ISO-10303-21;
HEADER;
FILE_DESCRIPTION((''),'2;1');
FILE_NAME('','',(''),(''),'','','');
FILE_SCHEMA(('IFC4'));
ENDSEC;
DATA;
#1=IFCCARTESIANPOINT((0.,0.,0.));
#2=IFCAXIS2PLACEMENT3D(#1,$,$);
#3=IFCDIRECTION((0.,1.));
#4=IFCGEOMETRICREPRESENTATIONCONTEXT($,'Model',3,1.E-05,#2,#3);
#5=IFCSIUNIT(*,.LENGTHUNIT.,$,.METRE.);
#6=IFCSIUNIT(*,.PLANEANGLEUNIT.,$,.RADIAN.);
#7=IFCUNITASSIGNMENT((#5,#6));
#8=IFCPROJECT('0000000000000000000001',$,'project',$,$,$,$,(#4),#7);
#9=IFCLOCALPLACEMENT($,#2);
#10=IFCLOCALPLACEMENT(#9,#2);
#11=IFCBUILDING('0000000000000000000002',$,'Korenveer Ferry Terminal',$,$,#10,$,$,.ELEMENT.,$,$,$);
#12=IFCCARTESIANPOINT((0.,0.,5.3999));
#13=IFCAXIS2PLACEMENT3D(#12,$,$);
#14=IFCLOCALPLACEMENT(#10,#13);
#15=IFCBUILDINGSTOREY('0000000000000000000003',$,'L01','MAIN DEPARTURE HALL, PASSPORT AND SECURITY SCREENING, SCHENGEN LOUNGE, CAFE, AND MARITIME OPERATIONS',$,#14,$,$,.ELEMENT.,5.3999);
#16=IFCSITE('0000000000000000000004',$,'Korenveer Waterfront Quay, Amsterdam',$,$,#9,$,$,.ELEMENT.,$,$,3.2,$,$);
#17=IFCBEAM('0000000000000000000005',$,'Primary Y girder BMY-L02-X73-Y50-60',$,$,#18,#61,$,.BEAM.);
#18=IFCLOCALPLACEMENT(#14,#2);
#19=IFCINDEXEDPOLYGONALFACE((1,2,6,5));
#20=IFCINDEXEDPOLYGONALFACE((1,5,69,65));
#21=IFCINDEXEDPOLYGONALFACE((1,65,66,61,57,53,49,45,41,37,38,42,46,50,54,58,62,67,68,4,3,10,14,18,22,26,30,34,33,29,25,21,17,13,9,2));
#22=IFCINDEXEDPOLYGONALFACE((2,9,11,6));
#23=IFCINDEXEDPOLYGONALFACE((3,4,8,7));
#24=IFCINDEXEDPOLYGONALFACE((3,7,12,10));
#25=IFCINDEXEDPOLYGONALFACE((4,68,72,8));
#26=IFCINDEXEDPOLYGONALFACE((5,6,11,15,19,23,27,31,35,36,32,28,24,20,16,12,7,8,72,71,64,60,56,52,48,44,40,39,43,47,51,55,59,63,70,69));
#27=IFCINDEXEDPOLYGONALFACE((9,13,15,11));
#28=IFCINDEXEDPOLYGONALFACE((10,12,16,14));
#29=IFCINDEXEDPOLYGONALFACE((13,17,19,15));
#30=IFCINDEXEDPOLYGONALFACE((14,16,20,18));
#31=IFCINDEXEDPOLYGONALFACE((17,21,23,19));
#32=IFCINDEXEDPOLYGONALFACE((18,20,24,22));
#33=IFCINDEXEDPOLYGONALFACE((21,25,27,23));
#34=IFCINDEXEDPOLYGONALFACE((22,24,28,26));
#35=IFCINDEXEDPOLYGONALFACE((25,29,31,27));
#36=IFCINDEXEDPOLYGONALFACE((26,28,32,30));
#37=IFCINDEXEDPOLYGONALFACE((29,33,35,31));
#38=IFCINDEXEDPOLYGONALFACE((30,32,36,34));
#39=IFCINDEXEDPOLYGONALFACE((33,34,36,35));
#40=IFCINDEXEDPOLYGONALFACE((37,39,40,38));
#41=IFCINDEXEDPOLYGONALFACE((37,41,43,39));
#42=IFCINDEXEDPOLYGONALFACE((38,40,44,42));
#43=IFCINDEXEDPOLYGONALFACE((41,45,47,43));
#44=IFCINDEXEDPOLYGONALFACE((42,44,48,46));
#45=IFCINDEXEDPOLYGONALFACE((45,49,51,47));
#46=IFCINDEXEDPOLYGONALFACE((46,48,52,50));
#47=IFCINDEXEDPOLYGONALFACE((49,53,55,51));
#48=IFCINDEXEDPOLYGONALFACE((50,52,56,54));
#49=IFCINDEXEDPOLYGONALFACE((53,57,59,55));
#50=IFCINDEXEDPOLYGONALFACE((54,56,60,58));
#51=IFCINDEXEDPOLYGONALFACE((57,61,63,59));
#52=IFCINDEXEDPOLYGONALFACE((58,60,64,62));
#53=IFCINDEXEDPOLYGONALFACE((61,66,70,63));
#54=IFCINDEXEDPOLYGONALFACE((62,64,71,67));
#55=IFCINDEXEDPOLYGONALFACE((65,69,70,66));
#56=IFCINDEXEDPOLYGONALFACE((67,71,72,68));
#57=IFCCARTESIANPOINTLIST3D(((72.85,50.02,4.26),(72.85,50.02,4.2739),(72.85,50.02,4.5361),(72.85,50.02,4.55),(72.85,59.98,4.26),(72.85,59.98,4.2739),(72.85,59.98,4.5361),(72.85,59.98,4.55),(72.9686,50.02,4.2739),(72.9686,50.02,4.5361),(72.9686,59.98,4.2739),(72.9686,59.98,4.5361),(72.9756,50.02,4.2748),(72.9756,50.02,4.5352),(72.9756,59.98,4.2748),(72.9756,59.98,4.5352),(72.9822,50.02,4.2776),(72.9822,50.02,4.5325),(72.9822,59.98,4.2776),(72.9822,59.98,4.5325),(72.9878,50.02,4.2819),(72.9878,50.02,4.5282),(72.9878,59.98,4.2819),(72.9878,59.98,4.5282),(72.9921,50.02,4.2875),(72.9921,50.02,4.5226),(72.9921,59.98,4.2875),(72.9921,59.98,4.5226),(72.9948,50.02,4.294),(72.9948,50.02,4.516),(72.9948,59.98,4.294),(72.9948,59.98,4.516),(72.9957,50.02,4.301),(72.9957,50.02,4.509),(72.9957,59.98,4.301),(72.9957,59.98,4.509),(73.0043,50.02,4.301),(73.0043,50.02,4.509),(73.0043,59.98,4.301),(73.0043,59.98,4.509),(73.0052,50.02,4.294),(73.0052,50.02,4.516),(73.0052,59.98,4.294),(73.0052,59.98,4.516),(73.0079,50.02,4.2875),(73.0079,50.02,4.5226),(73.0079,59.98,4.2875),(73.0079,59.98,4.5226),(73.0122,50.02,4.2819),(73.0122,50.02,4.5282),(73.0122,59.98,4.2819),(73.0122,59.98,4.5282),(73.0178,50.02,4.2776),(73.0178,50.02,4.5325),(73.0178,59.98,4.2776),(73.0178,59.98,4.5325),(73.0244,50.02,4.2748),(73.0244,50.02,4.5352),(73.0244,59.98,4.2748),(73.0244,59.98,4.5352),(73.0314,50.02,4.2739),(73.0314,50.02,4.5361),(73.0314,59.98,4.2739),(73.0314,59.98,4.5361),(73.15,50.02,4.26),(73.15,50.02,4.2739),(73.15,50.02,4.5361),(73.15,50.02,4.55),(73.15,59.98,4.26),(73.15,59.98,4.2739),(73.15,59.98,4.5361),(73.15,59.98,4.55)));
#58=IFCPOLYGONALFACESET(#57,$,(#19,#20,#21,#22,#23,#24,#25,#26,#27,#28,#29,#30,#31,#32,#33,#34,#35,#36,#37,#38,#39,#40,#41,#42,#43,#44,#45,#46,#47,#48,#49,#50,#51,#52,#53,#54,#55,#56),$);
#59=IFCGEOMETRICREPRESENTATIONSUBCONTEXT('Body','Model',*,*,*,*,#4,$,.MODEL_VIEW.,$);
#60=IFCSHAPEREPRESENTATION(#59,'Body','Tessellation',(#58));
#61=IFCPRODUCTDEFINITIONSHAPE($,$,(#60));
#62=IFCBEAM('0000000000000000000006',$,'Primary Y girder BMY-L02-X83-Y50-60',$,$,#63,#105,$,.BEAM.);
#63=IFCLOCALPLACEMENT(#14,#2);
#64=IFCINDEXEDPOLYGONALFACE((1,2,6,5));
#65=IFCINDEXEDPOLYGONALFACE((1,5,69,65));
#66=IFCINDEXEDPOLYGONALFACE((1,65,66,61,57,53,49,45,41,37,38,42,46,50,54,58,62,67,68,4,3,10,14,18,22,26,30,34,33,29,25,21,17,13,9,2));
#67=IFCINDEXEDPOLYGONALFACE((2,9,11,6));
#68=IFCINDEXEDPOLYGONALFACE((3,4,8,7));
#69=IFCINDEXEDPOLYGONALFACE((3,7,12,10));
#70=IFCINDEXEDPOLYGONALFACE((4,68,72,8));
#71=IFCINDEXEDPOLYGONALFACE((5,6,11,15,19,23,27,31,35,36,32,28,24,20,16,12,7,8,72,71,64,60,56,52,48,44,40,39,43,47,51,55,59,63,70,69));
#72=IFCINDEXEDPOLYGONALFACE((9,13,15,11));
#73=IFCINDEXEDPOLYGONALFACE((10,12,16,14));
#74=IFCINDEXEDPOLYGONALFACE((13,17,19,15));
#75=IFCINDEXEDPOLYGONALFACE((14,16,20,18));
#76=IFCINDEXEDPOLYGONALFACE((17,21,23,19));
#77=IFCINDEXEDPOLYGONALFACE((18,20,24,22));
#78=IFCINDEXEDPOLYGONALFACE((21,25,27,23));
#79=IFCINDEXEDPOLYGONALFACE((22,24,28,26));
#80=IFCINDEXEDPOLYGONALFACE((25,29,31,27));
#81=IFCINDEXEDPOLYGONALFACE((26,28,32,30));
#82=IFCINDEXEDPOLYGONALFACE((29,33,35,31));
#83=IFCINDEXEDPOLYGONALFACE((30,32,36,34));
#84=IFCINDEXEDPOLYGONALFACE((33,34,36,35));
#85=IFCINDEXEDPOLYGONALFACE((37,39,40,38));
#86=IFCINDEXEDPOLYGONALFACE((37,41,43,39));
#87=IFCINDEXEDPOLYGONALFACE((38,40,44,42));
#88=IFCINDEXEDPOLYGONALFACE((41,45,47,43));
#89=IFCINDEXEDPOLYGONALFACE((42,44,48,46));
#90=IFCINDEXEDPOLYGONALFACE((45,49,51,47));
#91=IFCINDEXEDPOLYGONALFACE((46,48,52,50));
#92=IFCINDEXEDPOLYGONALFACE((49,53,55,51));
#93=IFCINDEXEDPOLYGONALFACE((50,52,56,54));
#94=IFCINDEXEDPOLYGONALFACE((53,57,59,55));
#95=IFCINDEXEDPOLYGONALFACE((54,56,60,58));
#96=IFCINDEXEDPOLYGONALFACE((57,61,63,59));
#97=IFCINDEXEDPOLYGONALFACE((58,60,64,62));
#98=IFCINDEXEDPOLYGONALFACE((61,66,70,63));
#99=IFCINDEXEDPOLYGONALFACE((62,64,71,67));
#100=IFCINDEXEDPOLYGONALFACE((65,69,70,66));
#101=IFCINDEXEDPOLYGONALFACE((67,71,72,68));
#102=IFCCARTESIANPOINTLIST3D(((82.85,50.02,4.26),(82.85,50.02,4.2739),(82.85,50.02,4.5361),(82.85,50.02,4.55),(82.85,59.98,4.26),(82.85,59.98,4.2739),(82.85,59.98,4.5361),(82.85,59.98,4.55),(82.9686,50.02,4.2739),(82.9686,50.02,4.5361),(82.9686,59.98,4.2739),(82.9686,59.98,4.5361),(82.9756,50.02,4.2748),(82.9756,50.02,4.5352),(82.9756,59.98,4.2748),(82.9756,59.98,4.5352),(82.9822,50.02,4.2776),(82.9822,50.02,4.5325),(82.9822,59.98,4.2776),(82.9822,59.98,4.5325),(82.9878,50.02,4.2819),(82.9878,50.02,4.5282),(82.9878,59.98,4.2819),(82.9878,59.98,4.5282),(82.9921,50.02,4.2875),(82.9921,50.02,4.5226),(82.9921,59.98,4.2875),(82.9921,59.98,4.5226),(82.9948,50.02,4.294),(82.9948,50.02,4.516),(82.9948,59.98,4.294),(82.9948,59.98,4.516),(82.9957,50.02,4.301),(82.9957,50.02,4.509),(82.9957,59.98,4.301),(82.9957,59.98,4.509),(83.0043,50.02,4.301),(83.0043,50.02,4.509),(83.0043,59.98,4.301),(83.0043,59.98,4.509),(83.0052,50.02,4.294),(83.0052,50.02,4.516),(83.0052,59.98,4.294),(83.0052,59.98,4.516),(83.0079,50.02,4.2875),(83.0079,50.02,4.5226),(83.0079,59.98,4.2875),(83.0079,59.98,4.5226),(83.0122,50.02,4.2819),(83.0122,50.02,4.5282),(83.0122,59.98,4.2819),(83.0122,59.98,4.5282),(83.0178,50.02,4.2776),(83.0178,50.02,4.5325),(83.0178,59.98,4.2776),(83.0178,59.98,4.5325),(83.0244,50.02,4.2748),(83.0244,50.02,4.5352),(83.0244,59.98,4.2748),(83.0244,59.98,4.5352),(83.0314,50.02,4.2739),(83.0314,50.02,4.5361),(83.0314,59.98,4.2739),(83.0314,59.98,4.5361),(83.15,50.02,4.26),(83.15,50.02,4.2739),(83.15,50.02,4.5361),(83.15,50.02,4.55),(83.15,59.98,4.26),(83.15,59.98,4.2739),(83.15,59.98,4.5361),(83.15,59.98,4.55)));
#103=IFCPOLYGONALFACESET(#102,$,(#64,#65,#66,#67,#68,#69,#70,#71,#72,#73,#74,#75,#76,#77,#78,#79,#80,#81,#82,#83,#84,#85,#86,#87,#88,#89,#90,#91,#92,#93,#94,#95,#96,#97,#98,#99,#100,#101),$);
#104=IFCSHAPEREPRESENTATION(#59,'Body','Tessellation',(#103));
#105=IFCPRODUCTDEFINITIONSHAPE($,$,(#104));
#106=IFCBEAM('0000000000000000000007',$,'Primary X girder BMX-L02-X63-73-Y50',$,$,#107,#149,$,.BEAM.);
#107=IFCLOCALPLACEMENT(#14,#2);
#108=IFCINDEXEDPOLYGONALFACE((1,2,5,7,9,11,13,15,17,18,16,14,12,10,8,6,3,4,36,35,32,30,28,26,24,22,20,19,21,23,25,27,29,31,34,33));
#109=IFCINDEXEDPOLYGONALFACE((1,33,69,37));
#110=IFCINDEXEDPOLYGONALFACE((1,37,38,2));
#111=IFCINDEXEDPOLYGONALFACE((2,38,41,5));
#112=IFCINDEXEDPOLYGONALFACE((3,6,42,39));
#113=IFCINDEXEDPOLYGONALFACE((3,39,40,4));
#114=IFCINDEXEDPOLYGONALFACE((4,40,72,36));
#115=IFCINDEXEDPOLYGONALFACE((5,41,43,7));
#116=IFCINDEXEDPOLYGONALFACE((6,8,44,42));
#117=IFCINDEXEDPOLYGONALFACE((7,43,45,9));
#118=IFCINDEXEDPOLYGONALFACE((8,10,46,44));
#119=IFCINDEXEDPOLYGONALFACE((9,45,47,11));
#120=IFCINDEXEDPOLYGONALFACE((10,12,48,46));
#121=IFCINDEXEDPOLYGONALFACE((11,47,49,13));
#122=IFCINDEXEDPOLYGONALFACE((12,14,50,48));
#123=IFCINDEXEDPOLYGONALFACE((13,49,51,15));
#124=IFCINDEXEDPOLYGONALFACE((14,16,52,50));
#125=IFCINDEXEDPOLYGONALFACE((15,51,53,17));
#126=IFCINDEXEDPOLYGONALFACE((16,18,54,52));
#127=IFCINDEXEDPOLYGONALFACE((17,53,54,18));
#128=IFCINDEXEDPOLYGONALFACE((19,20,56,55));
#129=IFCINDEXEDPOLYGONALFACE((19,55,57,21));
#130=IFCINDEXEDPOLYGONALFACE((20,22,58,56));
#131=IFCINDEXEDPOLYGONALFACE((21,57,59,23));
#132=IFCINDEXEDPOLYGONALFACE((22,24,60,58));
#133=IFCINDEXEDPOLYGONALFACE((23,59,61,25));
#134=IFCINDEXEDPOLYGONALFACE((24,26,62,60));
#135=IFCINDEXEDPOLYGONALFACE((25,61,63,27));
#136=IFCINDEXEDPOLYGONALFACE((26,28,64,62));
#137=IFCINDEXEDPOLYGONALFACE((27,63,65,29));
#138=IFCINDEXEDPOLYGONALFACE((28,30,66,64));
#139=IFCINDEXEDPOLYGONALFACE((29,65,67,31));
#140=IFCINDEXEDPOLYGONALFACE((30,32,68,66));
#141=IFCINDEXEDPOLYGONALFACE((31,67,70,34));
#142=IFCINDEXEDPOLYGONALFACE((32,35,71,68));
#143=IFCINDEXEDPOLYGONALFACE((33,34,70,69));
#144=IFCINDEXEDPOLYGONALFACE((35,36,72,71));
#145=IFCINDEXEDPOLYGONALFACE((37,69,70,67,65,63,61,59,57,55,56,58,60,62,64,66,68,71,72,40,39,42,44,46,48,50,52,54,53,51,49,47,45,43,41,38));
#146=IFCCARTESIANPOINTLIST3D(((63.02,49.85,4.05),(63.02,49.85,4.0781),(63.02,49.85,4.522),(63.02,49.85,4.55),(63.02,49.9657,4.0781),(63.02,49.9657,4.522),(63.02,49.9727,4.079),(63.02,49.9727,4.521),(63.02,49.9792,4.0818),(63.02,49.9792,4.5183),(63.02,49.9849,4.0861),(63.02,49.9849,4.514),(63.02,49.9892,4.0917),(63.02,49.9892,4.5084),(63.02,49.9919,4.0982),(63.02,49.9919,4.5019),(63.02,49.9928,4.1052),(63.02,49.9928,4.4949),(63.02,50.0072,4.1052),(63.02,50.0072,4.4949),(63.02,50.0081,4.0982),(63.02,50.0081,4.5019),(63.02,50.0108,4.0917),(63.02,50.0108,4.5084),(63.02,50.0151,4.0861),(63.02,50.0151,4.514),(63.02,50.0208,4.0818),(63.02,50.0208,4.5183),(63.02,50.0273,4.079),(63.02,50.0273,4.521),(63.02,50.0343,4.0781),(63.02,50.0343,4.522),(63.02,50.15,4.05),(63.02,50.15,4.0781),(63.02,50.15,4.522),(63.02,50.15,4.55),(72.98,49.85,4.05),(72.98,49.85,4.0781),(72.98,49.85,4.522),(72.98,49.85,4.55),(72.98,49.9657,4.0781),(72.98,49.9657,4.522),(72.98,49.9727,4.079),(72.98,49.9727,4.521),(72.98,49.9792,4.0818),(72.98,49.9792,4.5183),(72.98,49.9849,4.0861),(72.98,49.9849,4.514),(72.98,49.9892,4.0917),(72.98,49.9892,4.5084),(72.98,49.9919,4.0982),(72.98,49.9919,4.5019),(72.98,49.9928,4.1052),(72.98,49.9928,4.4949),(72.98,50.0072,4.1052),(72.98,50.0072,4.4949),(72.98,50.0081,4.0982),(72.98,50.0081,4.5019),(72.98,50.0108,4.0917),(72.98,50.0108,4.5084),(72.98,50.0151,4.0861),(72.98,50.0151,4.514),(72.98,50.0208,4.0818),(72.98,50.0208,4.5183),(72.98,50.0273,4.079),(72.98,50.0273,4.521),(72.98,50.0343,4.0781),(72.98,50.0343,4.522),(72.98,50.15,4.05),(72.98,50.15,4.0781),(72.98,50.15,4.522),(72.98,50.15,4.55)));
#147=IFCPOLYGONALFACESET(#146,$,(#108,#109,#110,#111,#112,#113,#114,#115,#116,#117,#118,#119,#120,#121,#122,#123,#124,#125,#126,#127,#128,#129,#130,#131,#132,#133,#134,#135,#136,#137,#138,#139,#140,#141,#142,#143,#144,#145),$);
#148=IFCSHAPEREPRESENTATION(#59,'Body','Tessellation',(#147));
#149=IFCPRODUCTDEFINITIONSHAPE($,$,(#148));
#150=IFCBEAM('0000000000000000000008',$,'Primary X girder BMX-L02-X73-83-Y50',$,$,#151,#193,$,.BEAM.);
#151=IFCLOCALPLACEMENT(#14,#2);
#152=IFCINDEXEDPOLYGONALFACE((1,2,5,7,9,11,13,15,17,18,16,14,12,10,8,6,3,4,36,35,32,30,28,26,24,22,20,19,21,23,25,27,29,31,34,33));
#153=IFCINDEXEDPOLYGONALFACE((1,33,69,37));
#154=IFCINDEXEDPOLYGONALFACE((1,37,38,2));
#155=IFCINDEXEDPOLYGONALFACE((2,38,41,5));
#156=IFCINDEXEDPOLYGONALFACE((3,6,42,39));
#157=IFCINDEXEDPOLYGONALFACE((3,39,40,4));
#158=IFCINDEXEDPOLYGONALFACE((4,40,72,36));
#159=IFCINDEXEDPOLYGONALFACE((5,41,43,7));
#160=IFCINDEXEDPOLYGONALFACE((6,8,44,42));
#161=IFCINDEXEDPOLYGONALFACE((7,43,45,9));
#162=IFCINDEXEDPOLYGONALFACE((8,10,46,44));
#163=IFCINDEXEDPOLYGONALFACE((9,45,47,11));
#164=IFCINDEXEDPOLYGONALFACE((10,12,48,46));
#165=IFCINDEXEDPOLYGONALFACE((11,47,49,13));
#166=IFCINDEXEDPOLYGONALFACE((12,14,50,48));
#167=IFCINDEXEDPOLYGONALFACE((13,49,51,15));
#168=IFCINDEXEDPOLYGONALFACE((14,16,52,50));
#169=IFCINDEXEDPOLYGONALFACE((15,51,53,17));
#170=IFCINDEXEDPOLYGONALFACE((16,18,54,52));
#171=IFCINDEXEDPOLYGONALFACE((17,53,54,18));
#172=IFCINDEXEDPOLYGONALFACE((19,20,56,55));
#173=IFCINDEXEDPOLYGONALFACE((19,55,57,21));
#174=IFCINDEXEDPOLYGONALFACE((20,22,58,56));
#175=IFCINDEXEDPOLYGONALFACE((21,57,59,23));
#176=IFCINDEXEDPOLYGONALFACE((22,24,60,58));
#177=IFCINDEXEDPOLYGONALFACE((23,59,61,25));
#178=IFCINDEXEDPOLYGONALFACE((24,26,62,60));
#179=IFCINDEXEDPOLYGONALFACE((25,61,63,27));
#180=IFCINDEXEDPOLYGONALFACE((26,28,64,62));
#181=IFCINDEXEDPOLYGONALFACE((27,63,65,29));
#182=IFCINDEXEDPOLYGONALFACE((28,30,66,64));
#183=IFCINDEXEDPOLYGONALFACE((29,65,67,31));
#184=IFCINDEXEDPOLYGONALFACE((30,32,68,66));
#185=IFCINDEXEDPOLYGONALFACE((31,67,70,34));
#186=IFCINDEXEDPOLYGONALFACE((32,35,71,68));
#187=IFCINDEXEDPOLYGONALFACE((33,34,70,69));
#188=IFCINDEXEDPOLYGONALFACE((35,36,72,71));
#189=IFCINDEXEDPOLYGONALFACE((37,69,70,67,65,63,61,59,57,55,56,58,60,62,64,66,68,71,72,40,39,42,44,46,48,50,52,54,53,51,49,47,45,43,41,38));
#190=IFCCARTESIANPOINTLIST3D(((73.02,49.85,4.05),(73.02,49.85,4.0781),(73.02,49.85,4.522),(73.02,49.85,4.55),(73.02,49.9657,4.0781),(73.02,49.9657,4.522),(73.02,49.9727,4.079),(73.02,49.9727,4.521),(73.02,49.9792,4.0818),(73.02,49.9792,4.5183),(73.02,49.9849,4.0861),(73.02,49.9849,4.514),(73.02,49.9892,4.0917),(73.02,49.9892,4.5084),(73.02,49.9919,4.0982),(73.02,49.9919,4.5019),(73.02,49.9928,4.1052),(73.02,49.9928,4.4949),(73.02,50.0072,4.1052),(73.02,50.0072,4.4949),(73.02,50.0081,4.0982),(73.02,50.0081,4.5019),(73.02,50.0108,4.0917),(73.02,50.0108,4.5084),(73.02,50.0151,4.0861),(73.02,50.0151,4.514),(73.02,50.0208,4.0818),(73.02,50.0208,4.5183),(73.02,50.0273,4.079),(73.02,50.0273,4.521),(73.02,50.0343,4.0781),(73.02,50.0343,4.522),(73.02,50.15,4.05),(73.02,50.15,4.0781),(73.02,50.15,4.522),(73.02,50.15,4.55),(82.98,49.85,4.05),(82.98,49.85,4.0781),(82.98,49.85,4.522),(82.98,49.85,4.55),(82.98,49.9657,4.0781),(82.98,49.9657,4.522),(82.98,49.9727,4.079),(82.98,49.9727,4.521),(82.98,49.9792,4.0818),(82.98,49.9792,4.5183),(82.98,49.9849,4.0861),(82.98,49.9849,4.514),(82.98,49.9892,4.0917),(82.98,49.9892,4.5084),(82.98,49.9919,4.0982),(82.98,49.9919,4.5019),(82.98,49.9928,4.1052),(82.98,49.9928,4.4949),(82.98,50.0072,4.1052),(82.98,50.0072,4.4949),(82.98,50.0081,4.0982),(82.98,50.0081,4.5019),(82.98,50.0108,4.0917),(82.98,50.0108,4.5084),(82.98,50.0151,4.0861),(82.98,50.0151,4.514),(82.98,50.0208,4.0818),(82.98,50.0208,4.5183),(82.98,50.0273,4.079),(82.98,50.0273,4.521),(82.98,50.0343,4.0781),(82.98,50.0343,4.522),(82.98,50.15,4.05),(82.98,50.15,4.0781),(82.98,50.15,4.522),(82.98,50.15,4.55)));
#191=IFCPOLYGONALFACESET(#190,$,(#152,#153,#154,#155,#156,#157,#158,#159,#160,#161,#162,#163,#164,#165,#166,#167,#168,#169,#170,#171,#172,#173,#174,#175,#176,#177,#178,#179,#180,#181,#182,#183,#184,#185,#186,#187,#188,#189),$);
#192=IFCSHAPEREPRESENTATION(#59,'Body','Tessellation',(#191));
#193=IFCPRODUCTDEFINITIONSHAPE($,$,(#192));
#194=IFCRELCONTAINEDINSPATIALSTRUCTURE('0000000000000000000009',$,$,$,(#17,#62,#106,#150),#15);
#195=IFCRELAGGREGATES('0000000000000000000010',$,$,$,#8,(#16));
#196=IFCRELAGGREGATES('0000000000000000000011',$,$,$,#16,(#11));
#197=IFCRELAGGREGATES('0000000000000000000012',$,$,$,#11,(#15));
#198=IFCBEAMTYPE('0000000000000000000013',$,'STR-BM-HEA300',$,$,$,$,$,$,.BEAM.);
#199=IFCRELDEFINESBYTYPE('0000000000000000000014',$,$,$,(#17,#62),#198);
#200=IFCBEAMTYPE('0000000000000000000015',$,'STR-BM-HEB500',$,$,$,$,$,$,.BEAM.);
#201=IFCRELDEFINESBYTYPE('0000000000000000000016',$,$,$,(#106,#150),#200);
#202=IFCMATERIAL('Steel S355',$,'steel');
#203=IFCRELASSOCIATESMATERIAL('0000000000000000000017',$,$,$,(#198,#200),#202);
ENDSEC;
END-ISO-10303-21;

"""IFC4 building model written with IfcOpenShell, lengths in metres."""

from ifc_helpers import new_model, si_unit, direction, frame, origin, origin_2d, place, context, subcontext, project, spatial, i_section, extrude, material, material_profile, profile_set, type_object, element, save


model = new_model("IFC4")

# Units and contexts
model_context = context("Model", 3, precision=1e-05, world=origin(), true_north=direction((0.0, 1.0)))
body_context = subcontext(model_context, "Body", "Model", "MODEL_VIEW")
ifc_project = project(units=[si_unit("LENGTHUNIT", "METRE"), si_unit("PLANEANGLEUNIT", "RADIAN")], contexts=[model_context])

# Site, building, storey
site_placement = place(None, origin())
site = spatial("IfcSite", under=ifc_project, at=site_placement, Name="Korenveer Waterfront Quay, Amsterdam", CompositionType="ELEMENT", RefElevation=3.2)
building_placement = place(site_placement, origin())
building = spatial("IfcBuilding", under=site, at=building_placement, Name="Korenveer Ferry Terminal", CompositionType="ELEMENT")
storey_placement = place(building_placement, frame((0.0, 0.0, 5.3999)))
storey = spatial("IfcBuildingStorey", under=building, at=storey_placement, Name="L01", Description="MAIN DEPARTURE HALL, PASSPORT AND SECURITY SCREENING, SCHENGEN LOUNGE, CAFE, AND MARITIME OPERATIONS", CompositionType="ELEMENT", Elevation=5.3999)

# Shared definitions
ifc_material = material(Name="Steel S355", Category="steel")

# Beams
ifc_material_profile_1 = material_profile(ifc_material, i_section(OverallWidth=0.3, OverallDepth=0.29, WebThickness=0.0085, FlangeThickness=0.0139, FilletRadius=0.0271, at=origin_2d()), Name="HEA 300")
ifc_profile_set_1 = profile_set([ifc_material_profile_1], Name="Steel S355")
beam_type_1 = type_object("IfcBeamType", Name="STR-BM-HEA300", PredefinedType="BEAM", material=ifc_profile_set_1)
for number, where, z_axis, x_axis, name in (
    (1, (73.0, 50.02, 4.405), (0.0, 1.0, 0.0), (-1.0, 0.0, 0.0), "Primary Y girder BMY-L02-X73-Y50-60"),
    (2, (83.0, 50.02, 4.405), (0.0, 1.0, 0.0), (-1.0, 0.0, 0.0), "Primary Y girder BMY-L02-X83-Y50-60"),
):
    element("IfcBeam", number, at=place(storey_placement, frame(where, z_axis=z_axis, x_axis=x_axis)), inside=storey, type_object=beam_type_1, Name=name, PredefinedType="BEAM", context=body_context, shape_type="SweptSolid", body=[
        extrude(i_section(OverallWidth=0.3, OverallDepth=0.29, WebThickness=0.0085, FlangeThickness=0.0139, FilletRadius=0.0271, at=origin_2d()), origin(), (0.0, 0.0, 1.0), 9.96),
    ])
ifc_material_profile_2 = material_profile(ifc_material, i_section(OverallWidth=0.3, OverallDepth=0.5, WebThickness=0.0144, FlangeThickness=0.0281, FilletRadius=0.0271, at=origin_2d()), Name="HEB 500")
ifc_profile_set_2 = profile_set([ifc_material_profile_2], Name="Steel S355")
beam_type_2 = type_object("IfcBeamType", Name="STR-BM-HEB500", PredefinedType="BEAM", material=ifc_profile_set_2)
for number, where, z_axis, x_axis, name in (
    (3, (63.02, 50.0, 4.3), (1.0, 0.0, 0.0), (0.0, 1.0, 0.0), "Primary X girder BMX-L02-X63-73-Y50"),
    (4, (73.02, 50.0, 4.3), (1.0, 0.0, 0.0), (0.0, 1.0, 0.0), "Primary X girder BMX-L02-X73-83-Y50"),
):
    element("IfcBeam", number, at=place(storey_placement, frame(where, z_axis=z_axis, x_axis=x_axis)), inside=storey, type_object=beam_type_2, Name=name, PredefinedType="BEAM", context=body_context, shape_type="SweptSolid", body=[
        extrude(i_section(OverallWidth=0.3, OverallDepth=0.5, WebThickness=0.0144, FlangeThickness=0.0281, FilletRadius=0.0271, at=origin_2d()), origin(), (0.0, 0.0, 1.0), 9.96),
    ])

save(model, "model.ifc")
